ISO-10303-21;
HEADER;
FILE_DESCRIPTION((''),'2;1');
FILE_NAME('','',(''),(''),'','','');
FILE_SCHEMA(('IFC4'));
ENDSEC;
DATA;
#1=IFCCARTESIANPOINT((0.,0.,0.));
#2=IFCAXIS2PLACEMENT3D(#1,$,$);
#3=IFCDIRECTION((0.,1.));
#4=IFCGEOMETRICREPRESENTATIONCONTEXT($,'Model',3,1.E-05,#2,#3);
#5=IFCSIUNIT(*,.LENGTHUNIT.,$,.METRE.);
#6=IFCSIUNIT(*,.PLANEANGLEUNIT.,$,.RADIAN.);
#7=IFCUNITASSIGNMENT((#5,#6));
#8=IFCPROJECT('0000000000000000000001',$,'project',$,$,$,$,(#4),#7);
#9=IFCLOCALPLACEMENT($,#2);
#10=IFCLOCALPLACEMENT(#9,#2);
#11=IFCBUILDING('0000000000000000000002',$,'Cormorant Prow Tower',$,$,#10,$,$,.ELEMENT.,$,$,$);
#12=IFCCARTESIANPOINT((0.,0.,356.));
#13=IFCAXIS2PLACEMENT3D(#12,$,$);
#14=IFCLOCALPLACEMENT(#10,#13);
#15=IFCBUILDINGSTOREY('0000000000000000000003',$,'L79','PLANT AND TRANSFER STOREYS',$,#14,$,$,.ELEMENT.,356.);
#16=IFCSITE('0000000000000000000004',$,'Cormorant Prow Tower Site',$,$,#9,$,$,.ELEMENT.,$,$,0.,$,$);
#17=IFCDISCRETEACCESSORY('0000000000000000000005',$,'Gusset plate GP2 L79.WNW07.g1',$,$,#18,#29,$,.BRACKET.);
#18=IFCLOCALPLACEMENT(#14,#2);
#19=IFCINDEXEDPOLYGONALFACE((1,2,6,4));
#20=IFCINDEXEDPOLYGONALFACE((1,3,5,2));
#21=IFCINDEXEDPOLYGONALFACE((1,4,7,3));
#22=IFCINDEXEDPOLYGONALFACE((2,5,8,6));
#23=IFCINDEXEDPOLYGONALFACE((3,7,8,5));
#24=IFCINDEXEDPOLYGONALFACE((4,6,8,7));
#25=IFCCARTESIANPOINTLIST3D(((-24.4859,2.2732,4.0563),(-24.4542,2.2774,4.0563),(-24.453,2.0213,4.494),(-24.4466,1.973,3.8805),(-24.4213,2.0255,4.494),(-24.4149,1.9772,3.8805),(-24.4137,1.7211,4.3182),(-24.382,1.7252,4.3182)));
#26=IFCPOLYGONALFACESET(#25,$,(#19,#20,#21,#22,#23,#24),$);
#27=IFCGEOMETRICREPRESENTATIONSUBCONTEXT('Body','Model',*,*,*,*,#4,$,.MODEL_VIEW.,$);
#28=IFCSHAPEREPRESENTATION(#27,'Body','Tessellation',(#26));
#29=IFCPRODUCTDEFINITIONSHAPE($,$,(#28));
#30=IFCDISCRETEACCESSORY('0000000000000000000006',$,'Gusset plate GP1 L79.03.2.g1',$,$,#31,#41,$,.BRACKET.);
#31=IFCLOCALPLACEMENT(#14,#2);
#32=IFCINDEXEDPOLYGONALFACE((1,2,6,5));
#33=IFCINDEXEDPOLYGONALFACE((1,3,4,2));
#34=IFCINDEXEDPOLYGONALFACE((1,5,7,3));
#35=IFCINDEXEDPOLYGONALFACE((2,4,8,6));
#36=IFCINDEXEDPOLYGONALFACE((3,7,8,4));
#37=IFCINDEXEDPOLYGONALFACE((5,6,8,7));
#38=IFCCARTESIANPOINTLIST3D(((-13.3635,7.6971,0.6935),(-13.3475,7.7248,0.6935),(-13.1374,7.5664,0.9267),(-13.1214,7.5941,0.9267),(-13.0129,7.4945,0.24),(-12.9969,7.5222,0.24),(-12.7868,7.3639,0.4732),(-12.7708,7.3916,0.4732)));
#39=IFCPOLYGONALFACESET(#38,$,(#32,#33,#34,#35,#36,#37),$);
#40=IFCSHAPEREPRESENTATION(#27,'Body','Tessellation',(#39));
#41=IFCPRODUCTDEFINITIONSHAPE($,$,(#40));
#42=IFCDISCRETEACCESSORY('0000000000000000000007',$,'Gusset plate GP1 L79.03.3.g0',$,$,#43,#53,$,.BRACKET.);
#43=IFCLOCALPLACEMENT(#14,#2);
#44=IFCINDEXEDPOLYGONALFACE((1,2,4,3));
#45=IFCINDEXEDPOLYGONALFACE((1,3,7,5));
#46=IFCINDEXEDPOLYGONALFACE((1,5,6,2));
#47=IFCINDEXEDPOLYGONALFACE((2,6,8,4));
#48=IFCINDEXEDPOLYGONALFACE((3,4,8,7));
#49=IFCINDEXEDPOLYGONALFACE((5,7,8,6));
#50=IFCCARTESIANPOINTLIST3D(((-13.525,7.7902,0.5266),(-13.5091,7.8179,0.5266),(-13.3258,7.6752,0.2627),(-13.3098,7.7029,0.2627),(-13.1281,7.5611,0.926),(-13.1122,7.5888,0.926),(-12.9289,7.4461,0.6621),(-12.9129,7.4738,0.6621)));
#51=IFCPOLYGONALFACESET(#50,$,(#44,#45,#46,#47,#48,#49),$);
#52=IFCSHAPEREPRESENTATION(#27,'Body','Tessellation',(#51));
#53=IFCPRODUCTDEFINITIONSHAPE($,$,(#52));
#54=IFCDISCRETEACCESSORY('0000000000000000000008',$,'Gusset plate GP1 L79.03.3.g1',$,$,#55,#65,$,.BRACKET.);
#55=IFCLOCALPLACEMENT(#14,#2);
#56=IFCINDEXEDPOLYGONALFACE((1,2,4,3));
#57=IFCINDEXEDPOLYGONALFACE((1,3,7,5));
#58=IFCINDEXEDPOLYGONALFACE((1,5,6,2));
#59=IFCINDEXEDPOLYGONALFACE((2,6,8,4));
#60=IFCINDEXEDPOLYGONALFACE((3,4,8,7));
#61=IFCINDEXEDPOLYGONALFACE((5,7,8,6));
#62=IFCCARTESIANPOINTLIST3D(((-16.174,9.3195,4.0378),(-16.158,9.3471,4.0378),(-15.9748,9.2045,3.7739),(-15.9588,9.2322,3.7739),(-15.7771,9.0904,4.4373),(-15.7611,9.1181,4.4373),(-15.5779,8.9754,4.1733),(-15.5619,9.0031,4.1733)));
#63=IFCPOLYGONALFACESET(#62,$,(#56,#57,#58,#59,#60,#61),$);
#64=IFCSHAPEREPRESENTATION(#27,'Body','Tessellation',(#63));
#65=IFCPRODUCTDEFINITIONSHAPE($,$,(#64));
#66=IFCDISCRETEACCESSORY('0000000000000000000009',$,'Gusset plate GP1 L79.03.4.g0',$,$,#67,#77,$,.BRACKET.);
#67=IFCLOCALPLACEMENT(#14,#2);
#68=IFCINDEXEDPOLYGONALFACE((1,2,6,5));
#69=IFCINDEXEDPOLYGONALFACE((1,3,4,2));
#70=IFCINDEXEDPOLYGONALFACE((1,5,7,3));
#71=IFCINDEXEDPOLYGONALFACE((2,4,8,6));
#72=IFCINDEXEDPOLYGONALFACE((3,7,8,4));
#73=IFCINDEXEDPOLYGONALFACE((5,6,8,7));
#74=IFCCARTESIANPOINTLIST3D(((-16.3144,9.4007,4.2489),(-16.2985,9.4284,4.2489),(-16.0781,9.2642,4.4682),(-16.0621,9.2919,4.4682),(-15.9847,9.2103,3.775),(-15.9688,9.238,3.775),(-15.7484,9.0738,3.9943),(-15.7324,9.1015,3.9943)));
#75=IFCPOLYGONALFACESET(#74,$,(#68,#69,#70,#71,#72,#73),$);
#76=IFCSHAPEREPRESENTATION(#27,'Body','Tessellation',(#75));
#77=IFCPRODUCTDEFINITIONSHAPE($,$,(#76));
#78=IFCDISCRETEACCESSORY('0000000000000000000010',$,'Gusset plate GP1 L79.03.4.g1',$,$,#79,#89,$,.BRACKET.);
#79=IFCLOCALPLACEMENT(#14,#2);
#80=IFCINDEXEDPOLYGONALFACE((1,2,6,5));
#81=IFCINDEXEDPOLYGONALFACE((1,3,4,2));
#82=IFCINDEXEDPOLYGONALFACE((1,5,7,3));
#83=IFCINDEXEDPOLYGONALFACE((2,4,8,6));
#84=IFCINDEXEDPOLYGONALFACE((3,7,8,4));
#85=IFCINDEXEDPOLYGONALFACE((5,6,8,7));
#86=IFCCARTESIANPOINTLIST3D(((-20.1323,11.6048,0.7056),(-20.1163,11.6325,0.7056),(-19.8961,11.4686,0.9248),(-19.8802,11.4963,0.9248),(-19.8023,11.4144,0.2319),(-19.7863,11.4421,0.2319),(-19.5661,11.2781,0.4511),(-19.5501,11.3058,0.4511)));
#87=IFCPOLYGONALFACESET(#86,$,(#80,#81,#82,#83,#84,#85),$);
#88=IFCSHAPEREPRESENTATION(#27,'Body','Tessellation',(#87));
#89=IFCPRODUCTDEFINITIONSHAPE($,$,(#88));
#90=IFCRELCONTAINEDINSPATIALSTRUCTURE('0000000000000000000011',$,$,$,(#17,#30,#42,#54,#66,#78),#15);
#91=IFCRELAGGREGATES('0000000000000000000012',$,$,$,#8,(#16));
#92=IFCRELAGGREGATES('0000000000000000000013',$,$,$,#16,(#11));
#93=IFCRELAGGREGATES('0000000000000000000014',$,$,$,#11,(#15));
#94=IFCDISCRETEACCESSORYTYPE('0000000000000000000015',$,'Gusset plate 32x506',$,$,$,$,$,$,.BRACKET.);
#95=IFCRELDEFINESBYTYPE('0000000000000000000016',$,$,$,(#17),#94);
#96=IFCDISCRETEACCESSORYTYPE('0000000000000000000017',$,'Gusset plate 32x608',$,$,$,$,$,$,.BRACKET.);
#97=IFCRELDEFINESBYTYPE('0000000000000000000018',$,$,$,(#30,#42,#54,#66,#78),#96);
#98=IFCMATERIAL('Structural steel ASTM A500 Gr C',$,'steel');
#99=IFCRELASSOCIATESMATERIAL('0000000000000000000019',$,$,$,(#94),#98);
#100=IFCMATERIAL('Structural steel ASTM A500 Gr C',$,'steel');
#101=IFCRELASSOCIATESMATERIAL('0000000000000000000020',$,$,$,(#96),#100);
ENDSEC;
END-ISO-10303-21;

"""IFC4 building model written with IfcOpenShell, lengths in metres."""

from ifc_helpers import new_model, si_unit, direction, frame, origin, origin_2d, place, context, subcontext, project, spatial, rectangle, extrude, material, material_profile, profile_set, type_object, element, save


model = new_model("IFC4")

# Units and contexts
model_context = context("Model", 3, precision=1e-05, world=origin(), true_north=direction((0.0, 1.0)))
body_context = subcontext(model_context, "Body", "Model", "MODEL_VIEW")
ifc_project = project(units=[si_unit("LENGTHUNIT", "METRE"), si_unit("PLANEANGLEUNIT", "RADIAN")], contexts=[model_context])

# Site, building, storey
site_placement = place(None, origin())
site = spatial("IfcSite", under=ifc_project, at=site_placement, Name="Cormorant Prow Tower Site", CompositionType="ELEMENT", RefElevation=0.0)
building_placement = place(site_placement, origin())
building = spatial("IfcBuilding", under=site, at=building_placement, Name="Cormorant Prow Tower", CompositionType="ELEMENT")
storey_placement = place(building_placement, frame((0.0, 0.0, 356.0)))
storey = spatial("IfcBuildingStorey", under=building, at=storey_placement, Name="L79", Description="PLANT AND TRANSFER STOREYS", CompositionType="ELEMENT", Elevation=356.0)

# Discrete accessories
ifc_material_1 = material(Name="Structural steel ASTM A500 Gr C", Category="steel")
ifc_material_profile_1 = material_profile(ifc_material_1, rectangle(XDim=0.032, YDim=0.5061, at=origin_2d()), Name="Gusset plate 32x506")
ifc_profile_set_1 = profile_set([ifc_material_profile_1], Name="Structural steel ASTM A500 Gr C")
discrete_accessory_type_1 = type_object("IfcDiscreteAccessoryType", Name="Gusset plate 32x506", PredefinedType="BRACKET", material=ifc_profile_set_1)
for number, where, z_axis, x_axis, name in (
    (1, (-24.4143, 1.8491, 4.0994), (-0.11225, 0.85756, 0.501986), (-0.991542, -0.129787, 0.0), "Gusset plate GP2 L79.WNW07.g1"),
):
    element("IfcDiscreteAccessory", number, at=place(storey_placement, frame(where, z_axis=z_axis, x_axis=x_axis)), inside=storey, type_object=discrete_accessory_type_1, Name=name, PredefinedType="BRACKET", context=body_context, shape_type="SweptSolid", body=[
        extrude(rectangle(XDim=0.032, YDim=0.5061, at=origin_2d()), origin(), (0.0, 0.0, 1.0), 0.3501),
    ])
ifc_material_2 = material(Name="Structural steel ASTM A500 Gr C", Category="steel")
ifc_material_profile_2 = material_profile(ifc_material_2, rectangle(XDim=0.032, YDim=0.6079, at=origin_2d()), Name="Gusset plate 32x608")
ifc_profile_set_2 = profile_set([ifc_material_profile_2], Name="Structural steel ASTM A500 Gr C")
discrete_accessory_type_2 = type_object("IfcDiscreteAccessoryType", Name="Gusset plate 32x608", PredefinedType="BRACKET", material=ifc_profile_set_2)
for number, where, z_axis, x_axis, name in (
    (2, (-12.9541, 7.479, 0.7), (-0.645845, 0.373139, -0.666071), (-0.500262, -0.865874, 0.0), "Gusset plate GP1 L79.03.2.g1"),
    (3, (-13.3186, 7.6895, 0.7263), (0.569051, -0.32846, -0.753853), (0.499906, 0.86608, 0.0), "Gusset plate GP1 L79.03.3.g0"),
    (4, (-15.7683, 9.1038, 3.9736), (-0.569051, 0.32846, 0.753853), (-0.499906, -0.86608, 0.0), "Gusset plate GP1 L79.03.3.g1"),
    (5, (-16.1416, 9.3193, 4.012), (0.675108, -0.389861, 0.626288), (0.500084, 0.865977, 0.0), "Gusset plate GP1 L79.03.4.g0"),
):
    element("IfcDiscreteAccessory", number, at=place(storey_placement, frame(where, z_axis=z_axis, x_axis=x_axis)), inside=storey, type_object=discrete_accessory_type_2, Name=name, PredefinedType="BRACKET", context=body_context, shape_type="SweptSolid", body=[
        extrude(rectangle(XDim=0.032, YDim=0.6079, at=origin_2d()), origin(), (0.0, 0.0, 1.0), 0.3501),
    ])
discrete_accessory_1_placement = place(storey_placement, frame((-19.7231, 11.3872, 0.688), z_axis=(-0.674912, 0.389453, -0.626754), x_axis=(-0.4998, -0.866141, 0.0)))
element("IfcDiscreteAccessory", 6, at=discrete_accessory_1_placement, inside=storey, type_object=discrete_accessory_type_2, Name="Gusset plate GP1 L79.03.4.g1", PredefinedType="BRACKET", context=body_context, shape_type="SweptSolid", body=[
    extrude(rectangle(XDim=0.032, YDim=0.6079, at=origin_2d()), origin(), (0.0, 0.0, 1.0), 0.3499),
])

save(model, "model.ifc")
